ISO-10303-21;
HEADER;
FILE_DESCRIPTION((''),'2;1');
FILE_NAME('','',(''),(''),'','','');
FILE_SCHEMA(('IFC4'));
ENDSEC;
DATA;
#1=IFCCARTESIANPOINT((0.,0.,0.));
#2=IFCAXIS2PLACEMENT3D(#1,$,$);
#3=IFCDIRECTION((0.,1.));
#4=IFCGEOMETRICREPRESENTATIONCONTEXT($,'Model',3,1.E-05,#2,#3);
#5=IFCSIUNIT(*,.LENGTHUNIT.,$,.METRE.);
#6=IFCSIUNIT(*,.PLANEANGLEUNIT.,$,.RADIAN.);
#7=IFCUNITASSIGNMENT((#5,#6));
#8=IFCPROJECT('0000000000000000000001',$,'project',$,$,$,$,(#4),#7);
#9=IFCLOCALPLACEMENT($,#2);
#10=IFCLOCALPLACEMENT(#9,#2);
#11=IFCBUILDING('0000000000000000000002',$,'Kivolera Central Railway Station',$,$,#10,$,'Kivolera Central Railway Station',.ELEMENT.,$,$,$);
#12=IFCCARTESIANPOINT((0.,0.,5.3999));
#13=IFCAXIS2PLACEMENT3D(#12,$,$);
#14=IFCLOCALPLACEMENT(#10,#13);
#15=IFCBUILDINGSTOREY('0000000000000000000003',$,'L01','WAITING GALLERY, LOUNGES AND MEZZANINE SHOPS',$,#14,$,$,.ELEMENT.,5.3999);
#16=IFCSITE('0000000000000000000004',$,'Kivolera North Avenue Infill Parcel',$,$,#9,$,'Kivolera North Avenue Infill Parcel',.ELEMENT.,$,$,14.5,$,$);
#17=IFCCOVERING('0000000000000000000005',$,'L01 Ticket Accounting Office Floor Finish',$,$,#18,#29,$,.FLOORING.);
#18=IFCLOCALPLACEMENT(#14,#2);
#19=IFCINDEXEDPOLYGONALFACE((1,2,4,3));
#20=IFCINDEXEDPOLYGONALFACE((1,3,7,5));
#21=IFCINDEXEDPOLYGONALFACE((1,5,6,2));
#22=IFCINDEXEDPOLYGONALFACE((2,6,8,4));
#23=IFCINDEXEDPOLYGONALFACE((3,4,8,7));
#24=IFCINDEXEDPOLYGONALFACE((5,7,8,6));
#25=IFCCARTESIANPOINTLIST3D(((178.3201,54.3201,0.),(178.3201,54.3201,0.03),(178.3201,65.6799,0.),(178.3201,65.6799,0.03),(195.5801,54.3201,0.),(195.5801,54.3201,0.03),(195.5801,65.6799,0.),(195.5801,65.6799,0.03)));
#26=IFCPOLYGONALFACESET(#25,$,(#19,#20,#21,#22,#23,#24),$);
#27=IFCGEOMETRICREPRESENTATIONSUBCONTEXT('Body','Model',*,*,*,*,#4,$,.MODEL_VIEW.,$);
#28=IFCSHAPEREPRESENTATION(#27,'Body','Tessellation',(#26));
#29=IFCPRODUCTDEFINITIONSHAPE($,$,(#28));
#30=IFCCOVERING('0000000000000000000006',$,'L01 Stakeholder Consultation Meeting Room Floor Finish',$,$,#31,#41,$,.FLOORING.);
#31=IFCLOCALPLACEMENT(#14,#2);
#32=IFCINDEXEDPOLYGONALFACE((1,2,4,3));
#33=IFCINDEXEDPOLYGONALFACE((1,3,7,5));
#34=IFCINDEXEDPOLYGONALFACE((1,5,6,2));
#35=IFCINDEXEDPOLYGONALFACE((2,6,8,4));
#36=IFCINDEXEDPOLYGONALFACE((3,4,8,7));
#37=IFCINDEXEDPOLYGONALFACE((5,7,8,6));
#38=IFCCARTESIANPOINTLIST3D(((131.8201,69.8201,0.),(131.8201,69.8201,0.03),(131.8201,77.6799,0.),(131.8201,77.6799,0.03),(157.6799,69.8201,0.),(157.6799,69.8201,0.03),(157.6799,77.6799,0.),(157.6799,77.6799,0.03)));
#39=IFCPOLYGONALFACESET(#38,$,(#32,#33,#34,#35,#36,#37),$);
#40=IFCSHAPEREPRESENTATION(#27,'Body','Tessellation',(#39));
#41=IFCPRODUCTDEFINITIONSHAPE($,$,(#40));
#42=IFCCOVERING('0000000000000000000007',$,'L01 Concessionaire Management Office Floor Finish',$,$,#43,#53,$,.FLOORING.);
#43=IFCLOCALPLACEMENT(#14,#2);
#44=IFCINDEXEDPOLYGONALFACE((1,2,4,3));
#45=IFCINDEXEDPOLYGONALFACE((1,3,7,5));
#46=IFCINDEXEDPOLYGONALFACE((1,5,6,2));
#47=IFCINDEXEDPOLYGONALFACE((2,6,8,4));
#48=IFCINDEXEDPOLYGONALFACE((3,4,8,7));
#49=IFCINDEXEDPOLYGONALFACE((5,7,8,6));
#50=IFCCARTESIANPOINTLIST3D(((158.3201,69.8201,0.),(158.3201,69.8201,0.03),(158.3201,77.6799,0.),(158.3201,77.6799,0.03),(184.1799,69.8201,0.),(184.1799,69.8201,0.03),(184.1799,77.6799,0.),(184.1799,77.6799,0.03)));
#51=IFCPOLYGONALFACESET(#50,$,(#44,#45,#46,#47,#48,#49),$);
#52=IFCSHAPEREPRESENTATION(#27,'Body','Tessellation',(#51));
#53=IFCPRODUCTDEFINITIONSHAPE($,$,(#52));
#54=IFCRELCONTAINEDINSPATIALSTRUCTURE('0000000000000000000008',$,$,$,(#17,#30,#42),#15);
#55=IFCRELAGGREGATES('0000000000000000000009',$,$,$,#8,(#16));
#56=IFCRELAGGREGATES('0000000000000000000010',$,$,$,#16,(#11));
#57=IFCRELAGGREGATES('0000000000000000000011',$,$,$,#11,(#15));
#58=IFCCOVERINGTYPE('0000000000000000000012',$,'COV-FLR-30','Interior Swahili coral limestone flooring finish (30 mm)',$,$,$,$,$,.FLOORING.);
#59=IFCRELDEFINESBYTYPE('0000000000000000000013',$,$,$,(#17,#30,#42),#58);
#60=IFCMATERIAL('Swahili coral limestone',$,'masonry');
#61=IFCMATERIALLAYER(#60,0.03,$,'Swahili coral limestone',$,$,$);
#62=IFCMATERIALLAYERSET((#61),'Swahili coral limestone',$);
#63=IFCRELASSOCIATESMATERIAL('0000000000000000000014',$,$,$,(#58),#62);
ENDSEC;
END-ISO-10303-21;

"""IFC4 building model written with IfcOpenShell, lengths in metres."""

from ifc_helpers import new_model, si_unit, direction, frame, origin, place, context, subcontext, project, spatial, polyline, outline, extrude, material, layer, layer_set, type_object, element, save


model = new_model("IFC4")

# Units and contexts
model_context = context("Model", 3, precision=1e-05, world=origin(), true_north=direction((0.0, 1.0)))
body_context = subcontext(model_context, "Body", "Model", "MODEL_VIEW")
ifc_project = project(units=[si_unit("LENGTHUNIT", "METRE"), si_unit("PLANEANGLEUNIT", "RADIAN")], contexts=[model_context])

# Site, building, storey
site_placement = place(None, origin())
site = spatial("IfcSite", under=ifc_project, at=site_placement, Name="Kivolera North Avenue Infill Parcel", LongName="Kivolera North Avenue Infill Parcel", CompositionType="ELEMENT", RefElevation=14.5)
building_placement = place(site_placement, origin())
building = spatial("IfcBuilding", under=site, at=building_placement, Name="Kivolera Central Railway Station", LongName="Kivolera Central Railway Station", CompositionType="ELEMENT")
storey_placement = place(building_placement, frame((0.0, 0.0, 5.3999)))
storey = spatial("IfcBuildingStorey", under=building, at=storey_placement, Name="L01", Description="WAITING GALLERY, LOUNGES AND MEZZANINE SHOPS", CompositionType="ELEMENT", Elevation=5.3999)

# Coverings
ifc_material_1 = material(Name="Swahili coral limestone", Category="masonry")
ifc_layer_1 = layer(ifc_material_1, 0.03, Name="Swahili coral limestone")
ifc_layer_set_1 = layer_set([ifc_layer_1], Name="Swahili coral limestone")
covering_type_1 = type_object("IfcCoveringType", Name="COV-FLR-30", Description="Interior Swahili coral limestone flooring finish (30 mm)", PredefinedType="FLOORING", material=ifc_layer_set_1)
covering_1_placement = place(storey_placement, origin())
element("IfcCovering", 1, at=covering_1_placement, inside=storey, type_object=covering_type_1, Name="L01 Ticket Accounting Office Floor Finish", PredefinedType="FLOORING", context=body_context, shape_type="SweptSolid", body=[
    extrude(outline(polyline([(178.3201, 54.3201), (195.5801, 54.3201), (195.5801, 65.6799), (178.3201, 65.6799), (178.3201, 54.3201)])), origin(), (0.0, 0.0, 1.0), 0.03),
])
covering_2_placement = place(storey_placement, origin())
element("IfcCovering", 2, at=covering_2_placement, inside=storey, type_object=covering_type_1, Name="L01 Stakeholder Consultation Meeting Room Floor Finish", PredefinedType="FLOORING", context=body_context, shape_type="SweptSolid", body=[
    extrude(outline(polyline([(131.8201, 69.8201), (157.6799, 69.8201), (157.6799, 77.6799), (131.8201, 77.6799), (131.8201, 69.8201)])), origin(), (0.0, 0.0, 1.0), 0.03),
])
covering_3_placement = place(storey_placement, origin())
element("IfcCovering", 3, at=covering_3_placement, inside=storey, type_object=covering_type_1, Name="L01 Concessionaire Management Office Floor Finish", PredefinedType="FLOORING", context=body_context, shape_type="SweptSolid", body=[
    extrude(outline(polyline([(158.3201, 69.8201), (184.1799, 69.8201), (184.1799, 77.6799), (158.3201, 77.6799), (158.3201, 69.8201)])), origin(), (0.0, 0.0, 1.0), 0.03),
])

save(model, "model.ifc")
